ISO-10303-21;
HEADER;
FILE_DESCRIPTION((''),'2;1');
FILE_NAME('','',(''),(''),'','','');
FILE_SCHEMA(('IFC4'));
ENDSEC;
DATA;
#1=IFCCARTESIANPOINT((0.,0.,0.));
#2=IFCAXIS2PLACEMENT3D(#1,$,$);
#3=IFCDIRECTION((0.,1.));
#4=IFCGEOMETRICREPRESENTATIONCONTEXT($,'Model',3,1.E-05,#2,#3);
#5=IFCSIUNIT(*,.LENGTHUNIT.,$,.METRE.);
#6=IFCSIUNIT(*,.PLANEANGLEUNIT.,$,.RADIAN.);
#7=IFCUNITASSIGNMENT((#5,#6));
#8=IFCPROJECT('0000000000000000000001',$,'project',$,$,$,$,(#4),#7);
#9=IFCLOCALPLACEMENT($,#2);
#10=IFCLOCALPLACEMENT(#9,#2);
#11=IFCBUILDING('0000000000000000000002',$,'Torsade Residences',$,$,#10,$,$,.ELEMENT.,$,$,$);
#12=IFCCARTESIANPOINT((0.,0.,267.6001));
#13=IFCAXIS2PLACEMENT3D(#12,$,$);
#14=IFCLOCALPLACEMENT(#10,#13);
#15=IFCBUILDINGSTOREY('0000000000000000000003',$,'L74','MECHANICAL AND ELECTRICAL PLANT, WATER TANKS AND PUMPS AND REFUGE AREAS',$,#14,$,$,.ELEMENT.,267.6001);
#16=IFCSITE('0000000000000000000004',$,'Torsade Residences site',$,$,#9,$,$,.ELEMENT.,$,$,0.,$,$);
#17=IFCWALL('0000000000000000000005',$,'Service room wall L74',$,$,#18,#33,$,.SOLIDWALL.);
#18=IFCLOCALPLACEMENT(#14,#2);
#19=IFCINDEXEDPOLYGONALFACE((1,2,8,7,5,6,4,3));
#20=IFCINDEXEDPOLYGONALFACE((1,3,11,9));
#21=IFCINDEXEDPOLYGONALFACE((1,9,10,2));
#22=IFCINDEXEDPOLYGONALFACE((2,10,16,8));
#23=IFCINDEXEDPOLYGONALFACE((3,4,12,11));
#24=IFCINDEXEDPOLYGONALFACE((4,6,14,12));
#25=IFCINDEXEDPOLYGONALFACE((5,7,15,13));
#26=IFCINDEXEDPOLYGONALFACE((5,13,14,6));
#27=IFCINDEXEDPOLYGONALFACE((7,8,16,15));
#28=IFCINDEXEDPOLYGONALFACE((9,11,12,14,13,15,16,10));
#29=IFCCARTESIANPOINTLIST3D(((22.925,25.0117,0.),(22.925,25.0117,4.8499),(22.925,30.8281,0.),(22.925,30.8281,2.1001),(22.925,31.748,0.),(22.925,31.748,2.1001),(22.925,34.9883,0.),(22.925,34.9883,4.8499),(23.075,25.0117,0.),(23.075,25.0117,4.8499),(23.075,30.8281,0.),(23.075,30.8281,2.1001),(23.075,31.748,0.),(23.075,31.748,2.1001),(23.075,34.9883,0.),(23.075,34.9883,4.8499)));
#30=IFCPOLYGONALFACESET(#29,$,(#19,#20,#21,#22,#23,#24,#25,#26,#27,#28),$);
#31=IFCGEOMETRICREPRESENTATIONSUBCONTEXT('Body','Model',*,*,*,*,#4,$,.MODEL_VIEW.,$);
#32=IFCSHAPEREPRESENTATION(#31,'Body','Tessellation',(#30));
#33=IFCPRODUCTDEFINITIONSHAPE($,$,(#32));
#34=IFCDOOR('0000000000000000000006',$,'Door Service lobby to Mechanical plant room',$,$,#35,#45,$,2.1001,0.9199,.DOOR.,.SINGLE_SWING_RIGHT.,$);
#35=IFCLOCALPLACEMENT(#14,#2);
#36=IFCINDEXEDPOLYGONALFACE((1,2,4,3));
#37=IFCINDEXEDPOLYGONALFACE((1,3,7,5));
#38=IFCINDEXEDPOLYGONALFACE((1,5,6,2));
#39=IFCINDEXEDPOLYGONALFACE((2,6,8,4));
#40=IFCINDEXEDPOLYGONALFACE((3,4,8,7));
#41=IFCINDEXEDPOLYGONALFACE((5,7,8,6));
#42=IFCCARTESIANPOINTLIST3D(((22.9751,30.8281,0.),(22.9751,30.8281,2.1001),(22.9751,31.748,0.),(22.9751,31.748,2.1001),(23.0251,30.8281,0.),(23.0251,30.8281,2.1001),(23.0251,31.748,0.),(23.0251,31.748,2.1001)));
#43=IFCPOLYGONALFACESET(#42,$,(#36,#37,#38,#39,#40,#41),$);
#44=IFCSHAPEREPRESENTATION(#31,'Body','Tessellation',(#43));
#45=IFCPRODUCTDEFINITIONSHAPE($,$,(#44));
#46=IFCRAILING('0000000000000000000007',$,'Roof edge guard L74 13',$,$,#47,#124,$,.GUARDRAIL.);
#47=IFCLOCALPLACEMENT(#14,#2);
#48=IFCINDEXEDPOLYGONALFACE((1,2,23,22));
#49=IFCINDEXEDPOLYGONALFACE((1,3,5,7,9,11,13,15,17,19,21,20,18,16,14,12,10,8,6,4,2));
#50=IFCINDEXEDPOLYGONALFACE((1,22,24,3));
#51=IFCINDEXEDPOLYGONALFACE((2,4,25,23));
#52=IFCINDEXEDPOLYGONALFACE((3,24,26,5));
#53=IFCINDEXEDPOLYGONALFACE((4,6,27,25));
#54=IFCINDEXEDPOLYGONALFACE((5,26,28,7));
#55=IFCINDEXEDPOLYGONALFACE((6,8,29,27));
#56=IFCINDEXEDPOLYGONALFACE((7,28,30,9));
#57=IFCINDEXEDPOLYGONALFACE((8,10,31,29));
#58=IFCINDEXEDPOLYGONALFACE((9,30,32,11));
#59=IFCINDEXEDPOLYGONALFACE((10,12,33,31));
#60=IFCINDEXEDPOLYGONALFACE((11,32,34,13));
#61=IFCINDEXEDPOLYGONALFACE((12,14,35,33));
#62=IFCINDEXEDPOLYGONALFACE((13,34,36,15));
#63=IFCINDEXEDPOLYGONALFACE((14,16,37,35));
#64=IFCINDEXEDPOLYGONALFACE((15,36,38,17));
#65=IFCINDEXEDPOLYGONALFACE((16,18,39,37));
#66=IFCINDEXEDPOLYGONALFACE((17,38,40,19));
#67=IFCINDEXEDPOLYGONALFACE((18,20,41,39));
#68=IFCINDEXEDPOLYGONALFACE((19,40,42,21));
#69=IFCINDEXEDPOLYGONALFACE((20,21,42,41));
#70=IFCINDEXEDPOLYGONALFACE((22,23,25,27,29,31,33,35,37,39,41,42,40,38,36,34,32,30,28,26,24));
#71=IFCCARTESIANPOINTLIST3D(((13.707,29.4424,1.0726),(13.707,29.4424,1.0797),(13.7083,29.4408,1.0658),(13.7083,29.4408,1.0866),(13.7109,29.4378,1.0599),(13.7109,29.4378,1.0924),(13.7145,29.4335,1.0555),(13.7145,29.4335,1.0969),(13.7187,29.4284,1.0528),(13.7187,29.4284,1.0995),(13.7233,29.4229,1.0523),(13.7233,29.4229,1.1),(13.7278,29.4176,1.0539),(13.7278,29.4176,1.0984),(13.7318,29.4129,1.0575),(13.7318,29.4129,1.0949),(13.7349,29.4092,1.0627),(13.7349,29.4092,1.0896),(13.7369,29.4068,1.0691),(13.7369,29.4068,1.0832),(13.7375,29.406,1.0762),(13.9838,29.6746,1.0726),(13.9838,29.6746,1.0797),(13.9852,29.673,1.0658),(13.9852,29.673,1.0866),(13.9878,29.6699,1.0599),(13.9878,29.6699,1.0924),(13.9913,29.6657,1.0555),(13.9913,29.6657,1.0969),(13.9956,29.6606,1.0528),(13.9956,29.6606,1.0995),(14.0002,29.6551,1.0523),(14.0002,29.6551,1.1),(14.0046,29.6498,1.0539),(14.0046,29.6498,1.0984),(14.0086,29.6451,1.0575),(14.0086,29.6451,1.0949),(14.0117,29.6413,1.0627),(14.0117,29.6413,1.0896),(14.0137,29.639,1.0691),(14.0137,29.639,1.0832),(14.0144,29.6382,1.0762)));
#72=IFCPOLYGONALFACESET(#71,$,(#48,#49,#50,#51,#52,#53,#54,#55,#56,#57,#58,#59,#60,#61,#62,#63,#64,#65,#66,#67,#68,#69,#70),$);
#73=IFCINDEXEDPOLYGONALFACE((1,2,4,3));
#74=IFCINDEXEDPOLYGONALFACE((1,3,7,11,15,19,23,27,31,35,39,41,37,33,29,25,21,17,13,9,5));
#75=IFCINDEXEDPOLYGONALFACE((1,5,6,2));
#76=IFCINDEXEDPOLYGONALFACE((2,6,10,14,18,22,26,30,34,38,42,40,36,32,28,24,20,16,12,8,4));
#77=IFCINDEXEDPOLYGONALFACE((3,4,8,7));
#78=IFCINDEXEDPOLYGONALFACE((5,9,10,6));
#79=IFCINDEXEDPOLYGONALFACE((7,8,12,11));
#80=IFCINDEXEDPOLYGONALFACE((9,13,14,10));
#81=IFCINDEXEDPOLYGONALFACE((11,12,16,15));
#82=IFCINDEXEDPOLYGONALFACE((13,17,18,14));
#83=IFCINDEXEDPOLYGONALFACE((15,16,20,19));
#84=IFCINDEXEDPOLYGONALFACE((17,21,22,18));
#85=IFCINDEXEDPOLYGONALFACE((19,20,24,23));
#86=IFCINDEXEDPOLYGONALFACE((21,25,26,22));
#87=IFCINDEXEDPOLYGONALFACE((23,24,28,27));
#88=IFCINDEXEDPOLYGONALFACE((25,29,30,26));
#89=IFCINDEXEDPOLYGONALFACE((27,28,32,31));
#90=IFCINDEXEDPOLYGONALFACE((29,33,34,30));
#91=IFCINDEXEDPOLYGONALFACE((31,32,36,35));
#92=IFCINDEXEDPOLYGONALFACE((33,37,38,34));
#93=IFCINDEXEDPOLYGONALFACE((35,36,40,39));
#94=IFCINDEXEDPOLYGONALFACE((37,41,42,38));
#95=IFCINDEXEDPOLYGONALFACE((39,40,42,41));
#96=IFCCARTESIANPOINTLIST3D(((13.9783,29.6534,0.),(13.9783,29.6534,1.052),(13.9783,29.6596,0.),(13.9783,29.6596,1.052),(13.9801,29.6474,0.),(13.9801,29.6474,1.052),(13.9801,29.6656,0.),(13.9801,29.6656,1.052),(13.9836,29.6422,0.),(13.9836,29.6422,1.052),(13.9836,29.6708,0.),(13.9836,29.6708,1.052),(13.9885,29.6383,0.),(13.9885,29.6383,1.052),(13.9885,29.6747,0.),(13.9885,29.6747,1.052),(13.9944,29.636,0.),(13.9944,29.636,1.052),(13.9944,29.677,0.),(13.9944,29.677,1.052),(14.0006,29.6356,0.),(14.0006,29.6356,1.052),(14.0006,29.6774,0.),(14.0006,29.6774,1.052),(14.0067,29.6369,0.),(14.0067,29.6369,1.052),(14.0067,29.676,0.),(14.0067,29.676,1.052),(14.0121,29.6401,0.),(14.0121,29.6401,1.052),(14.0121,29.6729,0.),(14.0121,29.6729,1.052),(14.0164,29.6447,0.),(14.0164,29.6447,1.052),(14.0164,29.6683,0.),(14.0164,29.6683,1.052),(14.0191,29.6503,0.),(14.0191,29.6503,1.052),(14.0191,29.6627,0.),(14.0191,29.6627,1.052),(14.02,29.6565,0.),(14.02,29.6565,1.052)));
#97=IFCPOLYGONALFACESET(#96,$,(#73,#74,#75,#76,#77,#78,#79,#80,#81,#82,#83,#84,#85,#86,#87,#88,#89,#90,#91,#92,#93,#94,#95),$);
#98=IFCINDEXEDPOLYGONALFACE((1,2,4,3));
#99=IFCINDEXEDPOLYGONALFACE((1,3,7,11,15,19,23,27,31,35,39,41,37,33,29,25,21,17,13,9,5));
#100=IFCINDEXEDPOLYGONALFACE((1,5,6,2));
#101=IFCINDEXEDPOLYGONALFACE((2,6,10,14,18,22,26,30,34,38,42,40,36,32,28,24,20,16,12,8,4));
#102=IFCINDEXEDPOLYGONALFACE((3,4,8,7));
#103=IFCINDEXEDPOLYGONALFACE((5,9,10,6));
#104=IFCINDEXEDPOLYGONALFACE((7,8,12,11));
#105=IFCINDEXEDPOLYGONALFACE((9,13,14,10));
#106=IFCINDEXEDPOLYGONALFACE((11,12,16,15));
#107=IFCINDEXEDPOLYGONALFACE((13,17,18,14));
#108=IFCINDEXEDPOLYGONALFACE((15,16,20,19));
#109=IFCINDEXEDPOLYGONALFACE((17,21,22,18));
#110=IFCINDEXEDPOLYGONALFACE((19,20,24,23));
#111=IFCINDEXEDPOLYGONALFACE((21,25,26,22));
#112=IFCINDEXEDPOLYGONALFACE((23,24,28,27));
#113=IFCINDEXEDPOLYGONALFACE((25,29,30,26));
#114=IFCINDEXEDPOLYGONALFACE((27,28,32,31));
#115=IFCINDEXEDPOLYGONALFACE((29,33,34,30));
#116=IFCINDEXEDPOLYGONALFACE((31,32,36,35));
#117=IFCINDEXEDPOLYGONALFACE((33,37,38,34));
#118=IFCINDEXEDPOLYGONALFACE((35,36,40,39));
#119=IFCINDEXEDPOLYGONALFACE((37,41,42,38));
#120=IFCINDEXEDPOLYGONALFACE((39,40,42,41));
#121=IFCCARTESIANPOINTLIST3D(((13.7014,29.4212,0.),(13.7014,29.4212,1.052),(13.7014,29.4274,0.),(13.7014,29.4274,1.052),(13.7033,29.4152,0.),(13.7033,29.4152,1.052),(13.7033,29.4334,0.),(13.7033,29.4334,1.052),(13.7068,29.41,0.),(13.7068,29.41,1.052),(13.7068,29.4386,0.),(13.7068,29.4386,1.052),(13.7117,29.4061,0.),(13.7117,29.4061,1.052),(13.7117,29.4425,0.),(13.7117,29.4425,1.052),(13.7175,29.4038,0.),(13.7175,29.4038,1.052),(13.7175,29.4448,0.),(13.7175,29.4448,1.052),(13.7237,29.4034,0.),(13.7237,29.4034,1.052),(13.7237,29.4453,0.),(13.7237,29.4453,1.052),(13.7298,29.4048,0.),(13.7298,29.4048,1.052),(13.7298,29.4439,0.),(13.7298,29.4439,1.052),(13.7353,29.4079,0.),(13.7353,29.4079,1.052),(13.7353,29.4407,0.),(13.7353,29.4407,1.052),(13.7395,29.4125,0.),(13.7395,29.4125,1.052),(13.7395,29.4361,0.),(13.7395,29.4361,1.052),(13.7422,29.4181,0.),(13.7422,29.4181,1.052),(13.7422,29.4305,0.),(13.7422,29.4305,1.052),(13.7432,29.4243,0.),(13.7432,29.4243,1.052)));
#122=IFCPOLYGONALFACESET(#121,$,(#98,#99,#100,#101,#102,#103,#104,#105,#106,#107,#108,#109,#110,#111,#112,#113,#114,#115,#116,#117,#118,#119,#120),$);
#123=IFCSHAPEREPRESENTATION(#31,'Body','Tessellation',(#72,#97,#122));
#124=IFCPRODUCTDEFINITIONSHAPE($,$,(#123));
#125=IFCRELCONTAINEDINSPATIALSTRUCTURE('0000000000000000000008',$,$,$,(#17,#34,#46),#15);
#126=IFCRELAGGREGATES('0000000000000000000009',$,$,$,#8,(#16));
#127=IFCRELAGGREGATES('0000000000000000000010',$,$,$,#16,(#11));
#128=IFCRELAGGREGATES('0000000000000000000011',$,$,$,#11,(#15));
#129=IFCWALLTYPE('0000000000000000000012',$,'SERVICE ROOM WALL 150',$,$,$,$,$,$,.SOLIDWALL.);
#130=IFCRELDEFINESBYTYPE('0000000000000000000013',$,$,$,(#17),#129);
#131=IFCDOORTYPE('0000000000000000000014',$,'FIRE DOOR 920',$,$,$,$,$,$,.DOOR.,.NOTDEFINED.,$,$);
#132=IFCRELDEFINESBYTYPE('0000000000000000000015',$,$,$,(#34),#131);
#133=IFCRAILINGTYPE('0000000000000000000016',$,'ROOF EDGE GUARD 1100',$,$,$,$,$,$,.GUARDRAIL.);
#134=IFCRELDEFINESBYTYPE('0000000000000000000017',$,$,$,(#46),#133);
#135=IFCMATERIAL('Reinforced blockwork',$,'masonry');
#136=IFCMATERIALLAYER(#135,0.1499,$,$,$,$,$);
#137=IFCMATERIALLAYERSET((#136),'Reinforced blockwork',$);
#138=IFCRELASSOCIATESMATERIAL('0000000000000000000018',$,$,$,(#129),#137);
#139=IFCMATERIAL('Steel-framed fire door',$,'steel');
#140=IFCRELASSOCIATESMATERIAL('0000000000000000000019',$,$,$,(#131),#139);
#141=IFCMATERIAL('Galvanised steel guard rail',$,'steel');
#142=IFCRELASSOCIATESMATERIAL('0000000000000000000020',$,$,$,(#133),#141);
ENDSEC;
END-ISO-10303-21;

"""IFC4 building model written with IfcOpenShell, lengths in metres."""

from ifc_helpers import new_model, si_unit, direction, frame, frame_2d, origin, origin_2d, place, context, subcontext, project, spatial, rectangle, circle, extrude, material, layer, layer_set, type_object, element, fill, save


model = new_model("IFC4")

# Units and contexts
model_context = context("Model", 3, precision=1e-05, world=origin(), true_north=direction((0.0, 1.0)))
body_context = subcontext(model_context, "Body", "Model", "MODEL_VIEW")
ifc_project = project(units=[si_unit("LENGTHUNIT", "METRE"), si_unit("PLANEANGLEUNIT", "RADIAN")], contexts=[model_context])

# Site, building, storey
site_placement = place(None, origin())
site = spatial("IfcSite", under=ifc_project, at=site_placement, Name="Torsade Residences site", CompositionType="ELEMENT", RefElevation=0.0)
building_placement = place(site_placement, origin())
building = spatial("IfcBuilding", under=site, at=building_placement, Name="Torsade Residences", CompositionType="ELEMENT")
storey_placement = place(building_placement, frame((0.0, 0.0, 267.6001)))
storey = spatial("IfcBuildingStorey", under=building, at=storey_placement, Name="L74", Description="MECHANICAL AND ELECTRICAL PLANT, WATER TANKS AND PUMPS AND REFUGE AREAS", CompositionType="ELEMENT", Elevation=267.6001)

# Shared definitions
ifc_material_1 = material(Name="Reinforced blockwork", Category="masonry")
ifc_layer_1 = layer(ifc_material_1, 0.1499)
ifc_layer_set_1 = layer_set([ifc_layer_1], Name="Reinforced blockwork")
wall_type = type_object("IfcWallType", Name="SERVICE ROOM WALL 150", PredefinedType="SOLIDWALL", material=ifc_layer_set_1)

# Wall, opening, door
wall_1_placement = place(storey_placement, frame((23.0, 25.0117, 0.0), z_axis=(0.0, 0.0, 1.0), x_axis=(0.0, 1.0, 0.0)))
wall_1 = element("IfcWall", 1, at=wall_1_placement, inside=storey, type_object=wall_type, Name="Service room wall L74", PredefinedType="SOLIDWALL", context=body_context, shape_type="SweptSolid", body=[
    extrude(rectangle(XDim=9.9766, YDim=0.1499, at=frame_2d((4.9883, 0.0))), origin(), (0.0, 0.0, 1.0), 4.8499),
])
opening_placement = place(wall_1_placement, frame((5.8164, 0.0, 0.0)))
opening = element("IfcOpeningElement", 2, at=opening_placement, cuts=wall_1, PredefinedType="OPENING", context=body_context, shape_type="SweptSolid", body=[
    extrude(rectangle(XDim=0.9199, YDim=2.1001, at=frame_2d((0.46, 1.05))), frame((0.0, 0.085, 0.0), z_axis=(0.0, -1.0, 0.0), x_axis=(1.0, 0.0, 0.0)), (0.0, 0.0, 1.0), 0.1699),
])
ifc_material_2 = material(Name="Steel-framed fire door", Category="steel")
door_type = type_object("IfcDoorType", Name="FIRE DOOR 920", OperationType="NOTDEFINED", PredefinedType="DOOR", material=ifc_material_2)
door_placement = place(opening_placement, origin())
door = element("IfcDoor", 3, at=door_placement, inside=storey, type_object=door_type, Name="Door Service lobby to Mechanical plant room", OperationType="SINGLE_SWING_RIGHT", OverallHeight=2.1001, OverallWidth=0.9199, PredefinedType="DOOR", context=body_context, shape_type="SweptSolid", body=[
    extrude(rectangle(XDim=0.9199, YDim=2.1001, at=frame_2d((0.46, 1.05))), frame((0.0, 0.0249, 0.0), z_axis=(0.0, -1.0, 0.0), x_axis=(1.0, 0.0, 0.0)), (0.0, 0.0, 1.0), 0.05),
])
fill(opening, door)

# Railing
ifc_material_3 = material(Name="Galvanised steel guard rail", Category="steel")
railing_type = type_object("IfcRailingType", Name="ROOF EDGE GUARD 1100", PredefinedType="GUARDRAIL", material=ifc_material_3)
railing_1_placement = place(storey_placement, frame((13.999, 29.6565, 0.0)))
element("IfcRailing", 4, at=railing_1_placement, inside=storey, type_object=railing_type, Name="Roof edge guard L74 13", PredefinedType="GUARDRAIL", context=body_context, shape_type="SweptSolid", body=[
    extrude(circle(Radius=0.0239, at=origin_2d()), frame((0.0, 0.0, 1.0762), z_axis=(-0.766224, -0.642574, 0.0), x_axis=(0.642574, -0.766224, 0.0)), (0.0, 0.0, 1.0), 0.3613),
    extrude(circle(Radius=0.021, at=origin_2d()), origin(), (0.0, 0.0, 1.0), 1.052),
    extrude(circle(Radius=0.021, at=origin_2d()), frame((-0.2769, -0.2322, 0.0)), (0.0, 0.0, 1.0), 1.052),
])

save(model, "model.ifc")
